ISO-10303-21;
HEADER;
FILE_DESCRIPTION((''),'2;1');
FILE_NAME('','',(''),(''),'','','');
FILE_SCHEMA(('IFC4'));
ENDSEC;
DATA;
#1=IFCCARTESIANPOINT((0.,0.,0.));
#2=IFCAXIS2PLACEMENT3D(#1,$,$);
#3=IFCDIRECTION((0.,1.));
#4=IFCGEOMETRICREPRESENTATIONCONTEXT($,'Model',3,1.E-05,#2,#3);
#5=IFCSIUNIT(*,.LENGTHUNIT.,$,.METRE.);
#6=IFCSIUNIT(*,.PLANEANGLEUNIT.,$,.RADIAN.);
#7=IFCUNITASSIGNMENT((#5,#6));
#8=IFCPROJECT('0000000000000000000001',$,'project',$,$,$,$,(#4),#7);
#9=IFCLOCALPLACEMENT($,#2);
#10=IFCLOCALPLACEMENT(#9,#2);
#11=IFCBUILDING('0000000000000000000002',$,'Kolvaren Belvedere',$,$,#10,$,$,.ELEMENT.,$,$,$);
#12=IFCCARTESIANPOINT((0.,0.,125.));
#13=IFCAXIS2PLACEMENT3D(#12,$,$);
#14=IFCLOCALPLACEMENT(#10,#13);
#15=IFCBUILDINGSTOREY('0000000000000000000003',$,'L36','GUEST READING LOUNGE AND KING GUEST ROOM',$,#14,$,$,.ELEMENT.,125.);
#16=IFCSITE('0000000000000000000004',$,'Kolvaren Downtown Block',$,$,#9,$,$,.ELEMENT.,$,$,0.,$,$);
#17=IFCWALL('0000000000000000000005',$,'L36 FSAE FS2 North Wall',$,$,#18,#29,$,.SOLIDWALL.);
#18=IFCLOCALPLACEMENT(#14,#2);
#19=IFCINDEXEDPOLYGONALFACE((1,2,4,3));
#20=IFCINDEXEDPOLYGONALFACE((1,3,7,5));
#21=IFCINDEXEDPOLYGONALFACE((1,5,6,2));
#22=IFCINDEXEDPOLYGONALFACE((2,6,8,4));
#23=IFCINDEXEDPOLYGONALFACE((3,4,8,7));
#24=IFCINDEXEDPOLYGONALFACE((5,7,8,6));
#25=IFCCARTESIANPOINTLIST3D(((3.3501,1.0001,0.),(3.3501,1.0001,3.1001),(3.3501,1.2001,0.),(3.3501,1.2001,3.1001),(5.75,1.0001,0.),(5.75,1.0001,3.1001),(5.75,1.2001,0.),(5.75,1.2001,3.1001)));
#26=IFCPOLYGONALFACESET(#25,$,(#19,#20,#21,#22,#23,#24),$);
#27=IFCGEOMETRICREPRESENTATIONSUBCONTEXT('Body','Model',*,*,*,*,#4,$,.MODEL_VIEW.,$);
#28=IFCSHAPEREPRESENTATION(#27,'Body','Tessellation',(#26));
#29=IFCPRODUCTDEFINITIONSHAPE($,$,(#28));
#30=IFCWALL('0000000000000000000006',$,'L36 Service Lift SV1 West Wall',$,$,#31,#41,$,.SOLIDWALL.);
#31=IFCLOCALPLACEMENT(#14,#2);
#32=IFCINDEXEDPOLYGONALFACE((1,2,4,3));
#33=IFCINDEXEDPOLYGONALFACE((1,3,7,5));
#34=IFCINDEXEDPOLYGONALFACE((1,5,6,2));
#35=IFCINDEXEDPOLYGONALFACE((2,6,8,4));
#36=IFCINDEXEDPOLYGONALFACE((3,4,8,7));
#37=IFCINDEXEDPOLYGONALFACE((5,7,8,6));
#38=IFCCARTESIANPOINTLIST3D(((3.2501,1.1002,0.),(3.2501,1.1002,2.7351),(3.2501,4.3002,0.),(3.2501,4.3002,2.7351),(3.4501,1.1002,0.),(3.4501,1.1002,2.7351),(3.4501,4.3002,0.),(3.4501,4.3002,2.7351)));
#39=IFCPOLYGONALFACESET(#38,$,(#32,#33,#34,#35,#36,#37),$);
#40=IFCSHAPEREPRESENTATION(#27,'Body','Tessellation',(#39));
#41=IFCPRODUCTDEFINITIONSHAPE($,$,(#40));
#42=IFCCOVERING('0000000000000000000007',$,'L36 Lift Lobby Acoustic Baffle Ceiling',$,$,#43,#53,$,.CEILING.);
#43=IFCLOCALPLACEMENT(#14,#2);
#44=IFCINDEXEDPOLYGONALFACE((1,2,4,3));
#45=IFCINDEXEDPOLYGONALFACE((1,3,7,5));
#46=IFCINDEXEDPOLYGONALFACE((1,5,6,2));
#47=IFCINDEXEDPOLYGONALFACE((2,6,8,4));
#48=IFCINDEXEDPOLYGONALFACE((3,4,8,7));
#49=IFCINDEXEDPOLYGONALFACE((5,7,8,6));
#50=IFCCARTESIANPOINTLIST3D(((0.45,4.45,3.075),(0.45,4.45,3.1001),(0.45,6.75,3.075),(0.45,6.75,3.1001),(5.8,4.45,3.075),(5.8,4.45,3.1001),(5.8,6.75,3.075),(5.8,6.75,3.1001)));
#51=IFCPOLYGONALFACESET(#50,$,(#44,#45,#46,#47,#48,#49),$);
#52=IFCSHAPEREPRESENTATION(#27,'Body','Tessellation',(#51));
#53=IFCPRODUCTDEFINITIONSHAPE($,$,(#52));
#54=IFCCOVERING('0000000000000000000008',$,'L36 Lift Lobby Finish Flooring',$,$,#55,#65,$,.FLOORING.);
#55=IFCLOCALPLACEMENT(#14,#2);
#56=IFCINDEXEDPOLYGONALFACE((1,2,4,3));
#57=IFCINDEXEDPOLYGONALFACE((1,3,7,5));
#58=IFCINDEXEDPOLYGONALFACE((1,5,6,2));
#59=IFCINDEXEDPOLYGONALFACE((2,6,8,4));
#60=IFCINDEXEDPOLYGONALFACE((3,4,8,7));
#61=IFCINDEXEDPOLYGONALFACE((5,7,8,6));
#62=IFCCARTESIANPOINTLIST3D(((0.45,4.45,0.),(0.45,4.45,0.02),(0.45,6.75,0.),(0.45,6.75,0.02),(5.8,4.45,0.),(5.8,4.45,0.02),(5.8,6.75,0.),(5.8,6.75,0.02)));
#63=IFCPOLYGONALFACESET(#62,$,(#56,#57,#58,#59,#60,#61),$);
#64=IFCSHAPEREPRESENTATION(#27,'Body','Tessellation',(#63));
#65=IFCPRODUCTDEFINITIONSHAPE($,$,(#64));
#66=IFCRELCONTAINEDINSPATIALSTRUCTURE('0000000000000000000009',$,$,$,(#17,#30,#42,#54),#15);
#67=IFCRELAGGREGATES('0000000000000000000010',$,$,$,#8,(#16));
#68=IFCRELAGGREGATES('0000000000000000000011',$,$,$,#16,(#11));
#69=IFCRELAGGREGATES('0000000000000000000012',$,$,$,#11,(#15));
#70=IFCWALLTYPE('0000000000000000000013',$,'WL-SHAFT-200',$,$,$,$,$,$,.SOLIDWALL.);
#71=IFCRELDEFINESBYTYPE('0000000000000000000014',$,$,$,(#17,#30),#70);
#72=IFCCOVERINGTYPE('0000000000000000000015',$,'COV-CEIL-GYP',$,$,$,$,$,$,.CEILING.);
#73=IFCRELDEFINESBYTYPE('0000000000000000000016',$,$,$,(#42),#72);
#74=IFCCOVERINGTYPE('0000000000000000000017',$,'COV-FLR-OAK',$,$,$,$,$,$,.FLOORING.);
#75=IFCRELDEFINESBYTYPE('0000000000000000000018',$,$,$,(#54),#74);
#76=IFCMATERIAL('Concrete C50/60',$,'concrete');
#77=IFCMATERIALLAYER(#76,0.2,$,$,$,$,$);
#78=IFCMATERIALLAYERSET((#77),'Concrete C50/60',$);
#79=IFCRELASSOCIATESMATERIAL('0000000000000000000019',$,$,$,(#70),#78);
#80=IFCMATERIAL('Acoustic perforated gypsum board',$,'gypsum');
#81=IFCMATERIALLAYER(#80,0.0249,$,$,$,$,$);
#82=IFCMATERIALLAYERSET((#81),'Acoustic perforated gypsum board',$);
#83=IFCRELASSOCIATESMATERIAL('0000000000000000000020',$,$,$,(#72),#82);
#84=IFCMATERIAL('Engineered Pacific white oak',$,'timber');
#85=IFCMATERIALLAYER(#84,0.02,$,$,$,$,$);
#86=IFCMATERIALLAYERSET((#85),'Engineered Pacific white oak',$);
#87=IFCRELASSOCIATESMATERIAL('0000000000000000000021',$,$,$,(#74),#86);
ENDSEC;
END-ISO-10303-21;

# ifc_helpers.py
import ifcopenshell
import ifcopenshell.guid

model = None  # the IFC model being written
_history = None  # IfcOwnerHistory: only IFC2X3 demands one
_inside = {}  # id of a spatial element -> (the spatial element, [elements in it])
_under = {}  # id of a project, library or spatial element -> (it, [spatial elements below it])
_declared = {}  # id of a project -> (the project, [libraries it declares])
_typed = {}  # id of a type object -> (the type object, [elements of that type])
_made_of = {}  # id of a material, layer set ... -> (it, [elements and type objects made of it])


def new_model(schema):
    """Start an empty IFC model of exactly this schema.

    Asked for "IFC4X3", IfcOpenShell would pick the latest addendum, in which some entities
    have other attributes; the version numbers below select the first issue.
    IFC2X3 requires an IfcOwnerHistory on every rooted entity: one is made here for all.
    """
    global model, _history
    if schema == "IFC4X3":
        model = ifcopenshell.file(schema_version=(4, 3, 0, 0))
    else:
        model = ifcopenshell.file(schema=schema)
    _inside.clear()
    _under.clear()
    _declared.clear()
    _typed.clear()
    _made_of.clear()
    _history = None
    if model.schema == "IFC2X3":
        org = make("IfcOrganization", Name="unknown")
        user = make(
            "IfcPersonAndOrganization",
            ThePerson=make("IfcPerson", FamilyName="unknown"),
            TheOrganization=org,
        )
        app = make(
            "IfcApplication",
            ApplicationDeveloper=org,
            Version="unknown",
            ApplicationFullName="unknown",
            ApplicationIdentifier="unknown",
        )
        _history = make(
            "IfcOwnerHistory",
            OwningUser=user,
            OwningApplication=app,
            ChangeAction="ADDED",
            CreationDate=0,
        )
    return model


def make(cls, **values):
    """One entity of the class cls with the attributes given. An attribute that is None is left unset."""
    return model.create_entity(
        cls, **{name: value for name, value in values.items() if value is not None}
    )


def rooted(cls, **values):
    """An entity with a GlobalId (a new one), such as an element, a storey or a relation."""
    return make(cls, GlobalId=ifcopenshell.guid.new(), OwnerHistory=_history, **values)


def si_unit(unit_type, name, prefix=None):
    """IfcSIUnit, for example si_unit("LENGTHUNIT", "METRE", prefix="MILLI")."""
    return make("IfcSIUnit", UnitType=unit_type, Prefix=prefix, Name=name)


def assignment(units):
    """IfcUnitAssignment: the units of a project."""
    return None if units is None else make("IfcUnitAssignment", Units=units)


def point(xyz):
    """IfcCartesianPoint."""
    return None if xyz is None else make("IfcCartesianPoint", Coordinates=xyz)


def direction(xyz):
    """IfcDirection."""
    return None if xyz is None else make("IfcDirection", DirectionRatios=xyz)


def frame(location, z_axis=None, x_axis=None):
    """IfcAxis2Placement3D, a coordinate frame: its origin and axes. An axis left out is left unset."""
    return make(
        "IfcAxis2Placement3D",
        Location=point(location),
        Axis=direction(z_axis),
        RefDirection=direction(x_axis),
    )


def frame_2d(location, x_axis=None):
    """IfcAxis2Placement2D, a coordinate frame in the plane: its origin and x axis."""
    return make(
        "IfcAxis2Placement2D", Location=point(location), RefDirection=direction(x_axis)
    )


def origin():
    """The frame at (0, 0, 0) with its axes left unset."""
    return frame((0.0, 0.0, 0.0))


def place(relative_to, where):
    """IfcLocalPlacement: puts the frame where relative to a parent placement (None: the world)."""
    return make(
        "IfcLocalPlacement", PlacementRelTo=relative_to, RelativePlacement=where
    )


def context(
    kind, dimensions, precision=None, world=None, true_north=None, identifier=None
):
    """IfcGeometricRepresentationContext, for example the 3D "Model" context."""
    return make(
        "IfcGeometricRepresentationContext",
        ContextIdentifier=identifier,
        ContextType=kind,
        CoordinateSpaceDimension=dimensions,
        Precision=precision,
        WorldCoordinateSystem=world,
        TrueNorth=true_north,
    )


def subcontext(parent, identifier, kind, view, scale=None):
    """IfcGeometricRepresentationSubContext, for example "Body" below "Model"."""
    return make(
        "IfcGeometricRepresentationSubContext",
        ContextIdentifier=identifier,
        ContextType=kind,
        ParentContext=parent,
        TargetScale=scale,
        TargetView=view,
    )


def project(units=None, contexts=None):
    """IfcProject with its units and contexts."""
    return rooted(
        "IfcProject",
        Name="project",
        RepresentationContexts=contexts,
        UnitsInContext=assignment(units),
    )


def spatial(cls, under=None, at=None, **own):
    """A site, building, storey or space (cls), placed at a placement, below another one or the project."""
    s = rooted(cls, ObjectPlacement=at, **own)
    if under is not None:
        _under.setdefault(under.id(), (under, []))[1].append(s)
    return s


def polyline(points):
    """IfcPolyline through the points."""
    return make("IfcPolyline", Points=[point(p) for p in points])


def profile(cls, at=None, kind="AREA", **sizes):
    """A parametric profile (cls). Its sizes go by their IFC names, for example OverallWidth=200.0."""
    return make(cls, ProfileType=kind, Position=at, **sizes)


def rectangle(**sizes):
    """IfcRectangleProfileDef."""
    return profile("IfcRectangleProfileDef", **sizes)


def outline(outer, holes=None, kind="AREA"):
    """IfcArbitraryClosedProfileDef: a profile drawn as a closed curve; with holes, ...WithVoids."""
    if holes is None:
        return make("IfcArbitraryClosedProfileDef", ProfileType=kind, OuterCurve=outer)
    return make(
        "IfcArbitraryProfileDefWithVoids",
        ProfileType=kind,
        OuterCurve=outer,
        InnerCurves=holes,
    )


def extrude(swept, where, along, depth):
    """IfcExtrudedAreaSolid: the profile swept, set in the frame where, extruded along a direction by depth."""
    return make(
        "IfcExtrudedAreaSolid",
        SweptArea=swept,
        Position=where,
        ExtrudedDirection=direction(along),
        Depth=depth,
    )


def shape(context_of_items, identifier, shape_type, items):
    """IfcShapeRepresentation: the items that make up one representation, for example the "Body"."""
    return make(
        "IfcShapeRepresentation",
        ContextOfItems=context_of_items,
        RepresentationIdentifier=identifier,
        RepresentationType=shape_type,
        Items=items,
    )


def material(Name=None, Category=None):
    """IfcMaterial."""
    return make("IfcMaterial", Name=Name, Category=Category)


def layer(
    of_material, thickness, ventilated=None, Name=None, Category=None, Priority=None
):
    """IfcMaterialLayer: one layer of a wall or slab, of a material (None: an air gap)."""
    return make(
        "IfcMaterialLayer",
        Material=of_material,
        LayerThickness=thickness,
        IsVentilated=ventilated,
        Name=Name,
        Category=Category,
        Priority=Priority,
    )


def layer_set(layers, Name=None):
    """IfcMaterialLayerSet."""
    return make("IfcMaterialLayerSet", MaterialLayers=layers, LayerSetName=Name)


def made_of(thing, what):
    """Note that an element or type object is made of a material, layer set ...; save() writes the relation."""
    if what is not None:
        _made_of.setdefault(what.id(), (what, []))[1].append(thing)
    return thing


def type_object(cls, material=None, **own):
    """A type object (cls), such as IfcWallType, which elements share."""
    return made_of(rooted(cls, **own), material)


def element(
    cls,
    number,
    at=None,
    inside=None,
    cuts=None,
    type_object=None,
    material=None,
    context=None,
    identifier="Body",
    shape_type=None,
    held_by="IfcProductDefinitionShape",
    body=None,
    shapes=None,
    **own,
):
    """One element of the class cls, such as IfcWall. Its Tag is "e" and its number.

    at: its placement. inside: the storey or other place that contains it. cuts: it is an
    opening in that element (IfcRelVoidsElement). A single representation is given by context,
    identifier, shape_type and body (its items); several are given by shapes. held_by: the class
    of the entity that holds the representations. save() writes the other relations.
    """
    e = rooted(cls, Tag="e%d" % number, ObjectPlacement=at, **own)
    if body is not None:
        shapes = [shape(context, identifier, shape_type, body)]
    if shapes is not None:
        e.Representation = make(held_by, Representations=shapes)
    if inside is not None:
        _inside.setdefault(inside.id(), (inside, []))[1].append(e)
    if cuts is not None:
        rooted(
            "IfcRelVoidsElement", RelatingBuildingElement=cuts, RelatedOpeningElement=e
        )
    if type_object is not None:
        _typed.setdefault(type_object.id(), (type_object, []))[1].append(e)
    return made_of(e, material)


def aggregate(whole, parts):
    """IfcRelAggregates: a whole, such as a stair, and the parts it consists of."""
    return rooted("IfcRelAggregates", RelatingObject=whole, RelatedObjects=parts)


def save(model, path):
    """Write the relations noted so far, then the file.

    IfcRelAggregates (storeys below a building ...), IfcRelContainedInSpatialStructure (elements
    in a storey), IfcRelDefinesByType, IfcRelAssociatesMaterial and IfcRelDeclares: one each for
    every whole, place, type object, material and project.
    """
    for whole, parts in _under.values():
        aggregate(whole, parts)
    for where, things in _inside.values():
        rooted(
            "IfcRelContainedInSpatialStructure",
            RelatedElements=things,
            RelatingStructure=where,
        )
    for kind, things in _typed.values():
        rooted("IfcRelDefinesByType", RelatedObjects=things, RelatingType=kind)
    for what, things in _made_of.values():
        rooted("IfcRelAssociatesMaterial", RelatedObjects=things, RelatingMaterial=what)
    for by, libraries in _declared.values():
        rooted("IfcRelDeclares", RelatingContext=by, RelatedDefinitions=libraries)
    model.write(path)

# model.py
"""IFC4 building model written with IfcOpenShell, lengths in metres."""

from ifc_helpers import new_model, si_unit, direction, frame, frame_2d, origin, place, context, subcontext, project, spatial, polyline, rectangle, outline, extrude, material, layer, layer_set, type_object, element, save


model = new_model("IFC4")

# Units and contexts
model_context = context("Model", 3, precision=1e-05, world=origin(), true_north=direction((0.0, 1.0)))
body_context = subcontext(model_context, "Body", "Model", "MODEL_VIEW")
ifc_project = project(units=[si_unit("LENGTHUNIT", "METRE"), si_unit("PLANEANGLEUNIT", "RADIAN")], contexts=[model_context])

# Site, building, storey
site_placement = place(None, origin())
site = spatial("IfcSite", under=ifc_project, at=site_placement, Name="Kolvaren Downtown Block", CompositionType="ELEMENT", RefElevation=0.0)
building_placement = place(site_placement, origin())
building = spatial("IfcBuilding", under=site, at=building_placement, Name="Kolvaren Belvedere", CompositionType="ELEMENT")
storey_placement = place(building_placement, frame((0.0, 0.0, 125.0)))
storey = spatial("IfcBuildingStorey", under=building, at=storey_placement, Name="L36", Description="GUEST READING LOUNGE AND KING GUEST ROOM", CompositionType="ELEMENT", Elevation=125.0)

# Shared definitions
ifc_material_1 = material(Name="Concrete C50/60", Category="concrete")
ifc_layer_1 = layer(ifc_material_1, 0.2)
ifc_layer_set_1 = layer_set([ifc_layer_1], Name="Concrete C50/60")
wall_type = type_object("IfcWallType", Name="WL-SHAFT-200", PredefinedType="SOLIDWALL", material=ifc_layer_set_1)

# Walls
for number, where, z_axis, x_axis, name in (
    (1, (3.3501, 1.1001, 0.0), (0.0, 0.0, 1.0), (1.0, 0.0, 0.0), "L36 FSAE FS2 North Wall"),
):
    element("IfcWall", number, at=place(storey_placement, frame(where, z_axis=z_axis, x_axis=x_axis)), inside=storey, type_object=wall_type, Name=name, PredefinedType="SOLIDWALL", context=body_context, shape_type="SweptSolid", body=[
        extrude(rectangle(XDim=2.3999, YDim=0.2, at=frame_2d((1.2, 0.0))), origin(), (0.0, 0.0, 1.0), 3.1001),
    ])
wall_1_placement = place(storey_placement, frame((3.3501, 1.1001, 0.0), z_axis=(0.0, 0.0, 1.0), x_axis=(0.0, 1.0, 0.0)))
element("IfcWall", 2, at=wall_1_placement, inside=storey, type_object=wall_type, Name="L36 Service Lift SV1 West Wall", PredefinedType="SOLIDWALL", context=body_context, shape_type="SweptSolid", body=[
    extrude(rectangle(XDim=3.2, YDim=0.2, at=frame_2d((1.6001, 0.0))), origin(), (0.0, 0.0, 1.0), 2.7351),
])

# Coverings
ifc_material_2 = material(Name="Acoustic perforated gypsum board", Category="gypsum")
ifc_layer_2 = layer(ifc_material_2, 0.0249)
ifc_layer_set_2 = layer_set([ifc_layer_2], Name="Acoustic perforated gypsum board")
covering_type_1 = type_object("IfcCoveringType", Name="COV-CEIL-GYP", PredefinedType="CEILING", material=ifc_layer_set_2)
covering_1_placement = place(storey_placement, frame((0.0, 0.0, 3.075)))
element("IfcCovering", 3, at=covering_1_placement, inside=storey, type_object=covering_type_1, Name="L36 Lift Lobby Acoustic Baffle Ceiling", PredefinedType="CEILING", context=body_context, shape_type="SweptSolid", body=[
    extrude(outline(polyline([(0.45, 4.45), (5.8, 4.45), (5.8, 6.75), (0.45, 6.75), (0.45, 4.45)])), origin(), (0.0, 0.0, 1.0), 0.0251),
])
ifc_material_3 = material(Name="Engineered Pacific white oak", Category="timber")
ifc_layer_3 = layer(ifc_material_3, 0.02)
ifc_layer_set_3 = layer_set([ifc_layer_3], Name="Engineered Pacific white oak")
covering_type_2 = type_object("IfcCoveringType", Name="COV-FLR-OAK", PredefinedType="FLOORING", material=ifc_layer_set_3)
covering_2_placement = place(storey_placement, origin())
element("IfcCovering", 4, at=covering_2_placement, inside=storey, type_object=covering_type_2, Name="L36 Lift Lobby Finish Flooring", PredefinedType="FLOORING", context=body_context, shape_type="SweptSolid", body=[
    extrude(outline(polyline([(0.45, 4.45), (5.8, 4.45), (5.8, 6.75), (0.45, 6.75), (0.45, 4.45)])), origin(), (0.0, 0.0, 1.0), 0.02),
])

save(model, "model.ifc")
